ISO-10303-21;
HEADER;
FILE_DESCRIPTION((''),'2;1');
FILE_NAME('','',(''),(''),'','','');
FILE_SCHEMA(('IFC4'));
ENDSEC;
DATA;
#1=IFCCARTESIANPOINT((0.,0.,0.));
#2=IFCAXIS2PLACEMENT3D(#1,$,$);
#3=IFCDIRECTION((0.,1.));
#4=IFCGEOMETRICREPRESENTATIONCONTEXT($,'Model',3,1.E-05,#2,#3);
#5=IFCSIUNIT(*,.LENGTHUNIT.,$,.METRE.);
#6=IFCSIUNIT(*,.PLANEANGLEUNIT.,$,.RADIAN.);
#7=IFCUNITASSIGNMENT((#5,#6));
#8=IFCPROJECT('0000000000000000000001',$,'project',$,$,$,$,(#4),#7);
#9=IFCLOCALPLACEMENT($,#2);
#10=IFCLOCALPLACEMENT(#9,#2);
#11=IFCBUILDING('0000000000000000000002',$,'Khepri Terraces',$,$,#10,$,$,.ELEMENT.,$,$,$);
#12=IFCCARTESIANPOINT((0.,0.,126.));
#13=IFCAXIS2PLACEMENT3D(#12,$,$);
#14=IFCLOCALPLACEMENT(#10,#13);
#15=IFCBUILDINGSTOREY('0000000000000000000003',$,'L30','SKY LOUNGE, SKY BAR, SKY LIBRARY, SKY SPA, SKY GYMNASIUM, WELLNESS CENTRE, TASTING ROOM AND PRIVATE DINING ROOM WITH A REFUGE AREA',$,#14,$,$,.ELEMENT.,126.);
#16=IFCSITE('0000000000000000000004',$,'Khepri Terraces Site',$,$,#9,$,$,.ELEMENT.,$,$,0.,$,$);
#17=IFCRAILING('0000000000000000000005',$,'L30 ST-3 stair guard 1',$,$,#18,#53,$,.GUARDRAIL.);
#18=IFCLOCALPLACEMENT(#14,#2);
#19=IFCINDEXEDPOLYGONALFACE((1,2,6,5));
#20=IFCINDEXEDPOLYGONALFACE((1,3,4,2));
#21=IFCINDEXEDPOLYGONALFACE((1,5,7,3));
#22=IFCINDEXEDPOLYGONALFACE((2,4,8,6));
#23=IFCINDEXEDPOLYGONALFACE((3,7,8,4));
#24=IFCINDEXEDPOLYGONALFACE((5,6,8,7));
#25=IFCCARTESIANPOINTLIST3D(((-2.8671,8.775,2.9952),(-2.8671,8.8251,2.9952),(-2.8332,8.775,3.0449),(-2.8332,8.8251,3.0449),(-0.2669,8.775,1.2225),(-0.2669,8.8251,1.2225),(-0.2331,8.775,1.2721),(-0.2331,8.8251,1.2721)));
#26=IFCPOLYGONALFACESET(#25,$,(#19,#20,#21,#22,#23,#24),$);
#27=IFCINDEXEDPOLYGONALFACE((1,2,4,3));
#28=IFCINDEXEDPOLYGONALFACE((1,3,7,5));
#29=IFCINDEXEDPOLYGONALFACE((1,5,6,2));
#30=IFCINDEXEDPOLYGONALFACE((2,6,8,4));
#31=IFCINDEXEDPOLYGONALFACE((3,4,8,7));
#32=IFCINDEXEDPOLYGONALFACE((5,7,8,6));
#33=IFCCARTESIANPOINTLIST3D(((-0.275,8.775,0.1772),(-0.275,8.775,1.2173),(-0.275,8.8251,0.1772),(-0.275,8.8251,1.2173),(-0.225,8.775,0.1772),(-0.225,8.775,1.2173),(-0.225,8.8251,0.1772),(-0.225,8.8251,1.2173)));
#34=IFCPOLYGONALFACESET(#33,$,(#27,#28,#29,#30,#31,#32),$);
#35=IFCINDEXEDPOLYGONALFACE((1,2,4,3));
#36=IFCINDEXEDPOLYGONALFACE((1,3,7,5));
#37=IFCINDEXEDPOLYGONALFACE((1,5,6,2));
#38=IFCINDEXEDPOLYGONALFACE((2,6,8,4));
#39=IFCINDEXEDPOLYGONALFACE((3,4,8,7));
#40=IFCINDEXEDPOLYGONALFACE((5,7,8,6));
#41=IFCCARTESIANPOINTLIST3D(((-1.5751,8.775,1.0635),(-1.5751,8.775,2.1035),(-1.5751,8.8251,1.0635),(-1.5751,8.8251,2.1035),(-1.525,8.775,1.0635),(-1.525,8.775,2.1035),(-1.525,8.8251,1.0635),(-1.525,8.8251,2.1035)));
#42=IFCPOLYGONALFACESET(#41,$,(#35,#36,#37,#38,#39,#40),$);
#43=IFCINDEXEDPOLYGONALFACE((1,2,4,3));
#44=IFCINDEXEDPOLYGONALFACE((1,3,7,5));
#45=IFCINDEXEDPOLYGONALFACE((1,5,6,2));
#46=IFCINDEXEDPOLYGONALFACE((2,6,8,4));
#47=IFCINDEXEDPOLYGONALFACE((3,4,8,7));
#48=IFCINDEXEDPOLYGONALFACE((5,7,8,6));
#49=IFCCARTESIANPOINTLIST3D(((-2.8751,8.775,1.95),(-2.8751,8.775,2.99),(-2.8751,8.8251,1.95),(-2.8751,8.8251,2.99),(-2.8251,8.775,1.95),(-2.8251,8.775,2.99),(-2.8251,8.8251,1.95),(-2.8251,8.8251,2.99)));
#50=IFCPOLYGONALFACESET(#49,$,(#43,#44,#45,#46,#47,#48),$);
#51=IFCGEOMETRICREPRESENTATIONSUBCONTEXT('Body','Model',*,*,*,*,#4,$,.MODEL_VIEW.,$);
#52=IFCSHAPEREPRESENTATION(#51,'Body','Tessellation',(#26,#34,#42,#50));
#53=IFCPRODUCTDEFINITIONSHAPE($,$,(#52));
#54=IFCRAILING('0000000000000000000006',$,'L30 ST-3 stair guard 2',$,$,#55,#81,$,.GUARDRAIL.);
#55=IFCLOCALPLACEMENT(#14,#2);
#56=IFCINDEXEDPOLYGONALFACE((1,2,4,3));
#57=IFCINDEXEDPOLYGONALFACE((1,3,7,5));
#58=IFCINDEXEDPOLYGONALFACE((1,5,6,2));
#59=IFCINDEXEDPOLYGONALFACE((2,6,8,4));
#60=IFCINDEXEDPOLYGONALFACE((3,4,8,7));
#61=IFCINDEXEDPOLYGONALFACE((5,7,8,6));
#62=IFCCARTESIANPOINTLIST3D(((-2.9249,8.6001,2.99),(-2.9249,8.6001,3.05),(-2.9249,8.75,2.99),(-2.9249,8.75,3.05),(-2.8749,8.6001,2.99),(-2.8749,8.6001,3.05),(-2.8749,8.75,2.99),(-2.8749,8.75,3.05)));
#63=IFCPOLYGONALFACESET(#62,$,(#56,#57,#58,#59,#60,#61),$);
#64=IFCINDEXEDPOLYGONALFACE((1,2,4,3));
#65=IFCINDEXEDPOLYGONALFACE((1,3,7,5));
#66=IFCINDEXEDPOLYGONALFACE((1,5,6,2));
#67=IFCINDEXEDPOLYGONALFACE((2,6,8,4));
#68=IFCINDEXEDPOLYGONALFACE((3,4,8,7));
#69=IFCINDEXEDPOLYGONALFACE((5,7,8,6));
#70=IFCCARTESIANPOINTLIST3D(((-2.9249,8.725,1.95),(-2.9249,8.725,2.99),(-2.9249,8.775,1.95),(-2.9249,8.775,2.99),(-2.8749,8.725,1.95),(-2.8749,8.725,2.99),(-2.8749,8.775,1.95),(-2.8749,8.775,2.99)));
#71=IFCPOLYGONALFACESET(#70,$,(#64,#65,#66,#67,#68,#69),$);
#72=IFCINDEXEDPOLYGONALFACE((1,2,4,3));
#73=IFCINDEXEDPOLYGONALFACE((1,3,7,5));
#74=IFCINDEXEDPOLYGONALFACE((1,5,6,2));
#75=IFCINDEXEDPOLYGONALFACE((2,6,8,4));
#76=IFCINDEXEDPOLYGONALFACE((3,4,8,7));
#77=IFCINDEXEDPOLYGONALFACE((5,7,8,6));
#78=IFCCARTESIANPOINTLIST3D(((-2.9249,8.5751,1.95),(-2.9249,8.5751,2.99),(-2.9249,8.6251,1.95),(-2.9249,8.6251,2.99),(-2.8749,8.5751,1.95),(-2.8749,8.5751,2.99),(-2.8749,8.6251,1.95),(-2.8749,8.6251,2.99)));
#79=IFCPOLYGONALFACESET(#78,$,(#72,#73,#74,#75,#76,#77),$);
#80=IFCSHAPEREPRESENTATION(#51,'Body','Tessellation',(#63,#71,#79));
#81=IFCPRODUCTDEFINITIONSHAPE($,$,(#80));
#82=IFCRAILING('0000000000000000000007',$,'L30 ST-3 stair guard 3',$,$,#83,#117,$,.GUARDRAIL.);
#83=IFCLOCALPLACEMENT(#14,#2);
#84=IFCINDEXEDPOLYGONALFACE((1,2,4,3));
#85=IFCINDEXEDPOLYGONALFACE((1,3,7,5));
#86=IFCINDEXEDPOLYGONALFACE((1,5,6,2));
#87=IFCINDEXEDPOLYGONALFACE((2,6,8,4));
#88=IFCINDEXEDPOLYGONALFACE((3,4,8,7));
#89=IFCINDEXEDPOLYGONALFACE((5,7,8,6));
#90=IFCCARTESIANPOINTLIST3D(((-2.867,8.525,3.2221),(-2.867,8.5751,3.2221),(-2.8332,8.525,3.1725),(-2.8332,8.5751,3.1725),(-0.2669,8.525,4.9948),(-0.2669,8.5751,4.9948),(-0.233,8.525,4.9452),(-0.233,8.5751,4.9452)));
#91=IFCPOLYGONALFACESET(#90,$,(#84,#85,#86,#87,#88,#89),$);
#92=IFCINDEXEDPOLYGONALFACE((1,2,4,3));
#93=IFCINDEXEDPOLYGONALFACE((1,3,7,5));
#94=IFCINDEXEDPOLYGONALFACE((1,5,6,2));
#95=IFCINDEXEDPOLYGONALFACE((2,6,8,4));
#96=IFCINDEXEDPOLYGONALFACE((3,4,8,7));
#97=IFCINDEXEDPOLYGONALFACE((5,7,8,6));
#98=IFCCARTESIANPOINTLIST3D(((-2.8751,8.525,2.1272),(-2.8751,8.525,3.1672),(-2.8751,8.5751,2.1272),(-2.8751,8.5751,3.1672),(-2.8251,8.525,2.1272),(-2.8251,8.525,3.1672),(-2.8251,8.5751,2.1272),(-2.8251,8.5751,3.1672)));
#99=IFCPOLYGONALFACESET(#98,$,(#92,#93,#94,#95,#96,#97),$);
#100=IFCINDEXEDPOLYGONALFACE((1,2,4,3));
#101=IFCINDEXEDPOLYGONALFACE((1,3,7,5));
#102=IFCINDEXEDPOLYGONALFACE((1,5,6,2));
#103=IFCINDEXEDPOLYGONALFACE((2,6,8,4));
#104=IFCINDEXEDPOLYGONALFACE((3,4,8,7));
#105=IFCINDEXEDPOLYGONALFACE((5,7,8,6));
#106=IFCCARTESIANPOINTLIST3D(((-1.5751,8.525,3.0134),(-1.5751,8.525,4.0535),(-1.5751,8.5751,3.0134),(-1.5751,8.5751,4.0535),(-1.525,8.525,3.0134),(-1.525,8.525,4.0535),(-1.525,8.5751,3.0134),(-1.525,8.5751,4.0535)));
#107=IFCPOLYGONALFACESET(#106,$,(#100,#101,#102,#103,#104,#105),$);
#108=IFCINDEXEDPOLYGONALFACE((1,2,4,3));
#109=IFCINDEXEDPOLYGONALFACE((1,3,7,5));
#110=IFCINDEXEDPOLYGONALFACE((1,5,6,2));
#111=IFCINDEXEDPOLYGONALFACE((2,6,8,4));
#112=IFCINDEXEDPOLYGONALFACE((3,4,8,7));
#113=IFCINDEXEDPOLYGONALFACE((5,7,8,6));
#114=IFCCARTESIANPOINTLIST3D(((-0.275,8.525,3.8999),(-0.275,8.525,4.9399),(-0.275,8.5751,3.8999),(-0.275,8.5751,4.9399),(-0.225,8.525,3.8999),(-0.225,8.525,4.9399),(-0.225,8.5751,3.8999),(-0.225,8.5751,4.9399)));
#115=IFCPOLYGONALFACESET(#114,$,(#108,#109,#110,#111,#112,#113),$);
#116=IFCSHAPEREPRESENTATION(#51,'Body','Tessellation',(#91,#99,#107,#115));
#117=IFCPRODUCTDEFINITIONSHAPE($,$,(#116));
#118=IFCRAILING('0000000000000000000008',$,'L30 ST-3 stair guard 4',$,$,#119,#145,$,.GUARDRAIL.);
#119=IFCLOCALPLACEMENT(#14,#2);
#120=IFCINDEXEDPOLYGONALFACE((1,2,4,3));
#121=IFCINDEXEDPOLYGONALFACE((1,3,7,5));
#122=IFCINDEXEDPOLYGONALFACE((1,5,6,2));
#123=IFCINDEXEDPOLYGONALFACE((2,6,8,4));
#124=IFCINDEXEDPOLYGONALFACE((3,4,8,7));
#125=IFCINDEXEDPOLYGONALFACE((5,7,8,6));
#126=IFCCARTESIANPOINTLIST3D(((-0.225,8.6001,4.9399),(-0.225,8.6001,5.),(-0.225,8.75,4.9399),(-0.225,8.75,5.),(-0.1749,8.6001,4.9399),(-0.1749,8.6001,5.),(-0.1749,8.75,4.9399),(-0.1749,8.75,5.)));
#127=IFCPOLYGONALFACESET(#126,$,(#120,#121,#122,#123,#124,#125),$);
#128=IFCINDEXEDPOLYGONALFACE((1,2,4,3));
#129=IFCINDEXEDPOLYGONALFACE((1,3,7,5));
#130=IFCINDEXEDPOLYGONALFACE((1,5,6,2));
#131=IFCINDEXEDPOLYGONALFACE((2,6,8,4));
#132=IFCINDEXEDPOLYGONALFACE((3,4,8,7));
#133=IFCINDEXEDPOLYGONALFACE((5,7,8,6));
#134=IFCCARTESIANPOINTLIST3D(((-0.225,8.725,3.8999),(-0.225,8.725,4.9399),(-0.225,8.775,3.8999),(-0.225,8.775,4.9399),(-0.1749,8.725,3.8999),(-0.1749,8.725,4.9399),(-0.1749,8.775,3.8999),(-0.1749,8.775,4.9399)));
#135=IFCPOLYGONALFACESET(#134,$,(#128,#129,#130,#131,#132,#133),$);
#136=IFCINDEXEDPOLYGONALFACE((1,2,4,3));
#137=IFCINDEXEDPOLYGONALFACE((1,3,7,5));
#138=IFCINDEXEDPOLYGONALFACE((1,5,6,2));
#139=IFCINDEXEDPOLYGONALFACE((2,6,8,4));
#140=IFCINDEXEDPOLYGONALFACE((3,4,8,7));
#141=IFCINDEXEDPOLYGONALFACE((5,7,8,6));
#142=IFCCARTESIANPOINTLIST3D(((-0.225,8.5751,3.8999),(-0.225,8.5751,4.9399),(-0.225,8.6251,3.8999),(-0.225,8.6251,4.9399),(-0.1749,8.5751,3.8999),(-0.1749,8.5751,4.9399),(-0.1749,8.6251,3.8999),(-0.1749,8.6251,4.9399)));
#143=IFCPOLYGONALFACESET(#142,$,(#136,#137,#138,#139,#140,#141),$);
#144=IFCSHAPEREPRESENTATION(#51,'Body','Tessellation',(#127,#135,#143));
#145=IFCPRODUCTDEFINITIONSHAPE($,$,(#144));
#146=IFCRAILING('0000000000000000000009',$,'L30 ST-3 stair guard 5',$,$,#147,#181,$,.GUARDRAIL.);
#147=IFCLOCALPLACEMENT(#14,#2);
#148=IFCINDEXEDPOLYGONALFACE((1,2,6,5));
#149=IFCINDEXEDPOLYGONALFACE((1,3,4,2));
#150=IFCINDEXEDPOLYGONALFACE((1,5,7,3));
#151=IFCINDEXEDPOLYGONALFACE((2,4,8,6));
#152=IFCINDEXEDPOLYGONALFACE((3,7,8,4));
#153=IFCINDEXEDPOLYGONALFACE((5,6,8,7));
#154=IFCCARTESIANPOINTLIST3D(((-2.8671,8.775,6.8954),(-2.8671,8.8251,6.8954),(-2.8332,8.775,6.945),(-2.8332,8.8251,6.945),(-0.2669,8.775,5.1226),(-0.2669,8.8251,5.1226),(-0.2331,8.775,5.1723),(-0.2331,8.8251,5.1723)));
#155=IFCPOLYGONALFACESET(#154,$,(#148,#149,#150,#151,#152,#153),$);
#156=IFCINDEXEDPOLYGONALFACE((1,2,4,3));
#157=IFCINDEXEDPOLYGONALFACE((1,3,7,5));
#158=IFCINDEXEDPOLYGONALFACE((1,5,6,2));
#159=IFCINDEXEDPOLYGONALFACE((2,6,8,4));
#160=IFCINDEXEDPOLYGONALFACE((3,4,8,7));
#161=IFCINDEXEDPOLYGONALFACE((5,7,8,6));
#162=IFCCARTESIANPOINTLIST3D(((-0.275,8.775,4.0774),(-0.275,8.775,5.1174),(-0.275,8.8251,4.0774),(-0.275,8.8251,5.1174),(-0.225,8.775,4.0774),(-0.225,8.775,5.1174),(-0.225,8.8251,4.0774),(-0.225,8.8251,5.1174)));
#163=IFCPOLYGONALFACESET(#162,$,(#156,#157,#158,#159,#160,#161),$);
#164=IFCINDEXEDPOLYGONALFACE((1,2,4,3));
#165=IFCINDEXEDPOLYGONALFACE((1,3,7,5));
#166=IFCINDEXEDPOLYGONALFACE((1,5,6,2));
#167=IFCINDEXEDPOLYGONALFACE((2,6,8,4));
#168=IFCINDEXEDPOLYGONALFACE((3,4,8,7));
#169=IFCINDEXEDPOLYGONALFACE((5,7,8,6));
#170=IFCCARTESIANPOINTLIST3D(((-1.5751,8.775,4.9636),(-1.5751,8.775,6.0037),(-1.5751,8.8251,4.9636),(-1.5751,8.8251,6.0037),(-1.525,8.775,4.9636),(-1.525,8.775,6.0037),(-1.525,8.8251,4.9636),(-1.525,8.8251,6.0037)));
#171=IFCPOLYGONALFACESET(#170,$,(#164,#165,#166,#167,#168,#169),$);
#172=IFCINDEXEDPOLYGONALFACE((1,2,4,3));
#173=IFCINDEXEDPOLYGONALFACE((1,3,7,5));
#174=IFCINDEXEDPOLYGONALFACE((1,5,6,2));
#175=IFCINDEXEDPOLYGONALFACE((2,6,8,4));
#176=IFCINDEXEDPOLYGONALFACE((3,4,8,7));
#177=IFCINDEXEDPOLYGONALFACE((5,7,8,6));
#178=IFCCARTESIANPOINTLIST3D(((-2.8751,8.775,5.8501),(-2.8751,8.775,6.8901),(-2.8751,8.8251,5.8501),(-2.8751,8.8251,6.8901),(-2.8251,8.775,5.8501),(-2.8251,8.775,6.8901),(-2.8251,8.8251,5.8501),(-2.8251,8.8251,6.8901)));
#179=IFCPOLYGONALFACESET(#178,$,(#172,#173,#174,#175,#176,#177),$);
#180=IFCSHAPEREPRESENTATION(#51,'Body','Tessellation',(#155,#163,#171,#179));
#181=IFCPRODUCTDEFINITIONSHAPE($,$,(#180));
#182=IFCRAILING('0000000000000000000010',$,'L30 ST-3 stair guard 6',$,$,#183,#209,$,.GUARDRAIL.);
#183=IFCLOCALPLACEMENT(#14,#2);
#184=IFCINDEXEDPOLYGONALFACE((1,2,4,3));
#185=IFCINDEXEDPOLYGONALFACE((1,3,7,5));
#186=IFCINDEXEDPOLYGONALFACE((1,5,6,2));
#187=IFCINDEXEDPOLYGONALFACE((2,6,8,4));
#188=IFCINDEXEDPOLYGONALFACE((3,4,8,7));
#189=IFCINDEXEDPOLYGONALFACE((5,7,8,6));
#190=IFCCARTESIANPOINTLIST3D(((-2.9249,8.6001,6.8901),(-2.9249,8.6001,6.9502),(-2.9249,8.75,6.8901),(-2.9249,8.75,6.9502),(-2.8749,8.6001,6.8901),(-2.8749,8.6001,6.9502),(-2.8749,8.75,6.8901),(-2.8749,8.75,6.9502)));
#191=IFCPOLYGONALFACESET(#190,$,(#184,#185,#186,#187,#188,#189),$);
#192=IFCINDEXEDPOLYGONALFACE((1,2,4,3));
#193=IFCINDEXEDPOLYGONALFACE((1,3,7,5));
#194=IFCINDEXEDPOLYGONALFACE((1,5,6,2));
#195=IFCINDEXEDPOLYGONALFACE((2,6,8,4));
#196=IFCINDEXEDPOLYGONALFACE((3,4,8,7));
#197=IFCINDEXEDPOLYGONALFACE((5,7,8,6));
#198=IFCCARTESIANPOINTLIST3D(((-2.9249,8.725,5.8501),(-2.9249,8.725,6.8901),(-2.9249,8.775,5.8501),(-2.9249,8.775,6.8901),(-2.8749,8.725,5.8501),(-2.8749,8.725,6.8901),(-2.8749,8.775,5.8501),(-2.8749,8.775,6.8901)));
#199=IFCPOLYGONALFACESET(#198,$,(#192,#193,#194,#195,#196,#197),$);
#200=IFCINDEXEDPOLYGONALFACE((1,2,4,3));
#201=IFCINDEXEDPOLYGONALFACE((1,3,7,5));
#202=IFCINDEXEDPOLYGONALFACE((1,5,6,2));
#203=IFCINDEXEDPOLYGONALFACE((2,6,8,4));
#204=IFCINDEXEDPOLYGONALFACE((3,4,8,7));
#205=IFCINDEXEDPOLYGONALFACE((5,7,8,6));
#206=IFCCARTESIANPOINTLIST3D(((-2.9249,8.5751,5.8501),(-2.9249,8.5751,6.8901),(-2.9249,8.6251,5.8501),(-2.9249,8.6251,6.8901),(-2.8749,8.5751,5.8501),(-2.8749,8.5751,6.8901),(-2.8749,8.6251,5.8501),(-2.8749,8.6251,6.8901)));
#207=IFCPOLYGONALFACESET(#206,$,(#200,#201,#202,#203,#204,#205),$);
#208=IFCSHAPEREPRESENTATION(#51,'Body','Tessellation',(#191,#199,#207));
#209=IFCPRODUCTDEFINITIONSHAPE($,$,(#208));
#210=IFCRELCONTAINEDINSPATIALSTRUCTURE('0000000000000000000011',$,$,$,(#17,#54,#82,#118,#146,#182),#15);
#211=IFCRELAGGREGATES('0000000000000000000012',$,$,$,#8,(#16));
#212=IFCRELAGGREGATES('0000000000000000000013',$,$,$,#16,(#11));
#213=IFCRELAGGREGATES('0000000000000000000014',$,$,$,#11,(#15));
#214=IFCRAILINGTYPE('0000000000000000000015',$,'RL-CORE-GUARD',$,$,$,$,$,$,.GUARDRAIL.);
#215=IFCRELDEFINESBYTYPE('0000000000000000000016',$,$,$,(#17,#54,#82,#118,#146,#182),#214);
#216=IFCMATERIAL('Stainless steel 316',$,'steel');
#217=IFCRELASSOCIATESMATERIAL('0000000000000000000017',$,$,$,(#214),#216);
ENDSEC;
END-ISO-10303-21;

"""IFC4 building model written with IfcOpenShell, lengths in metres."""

from ifc_helpers import new_model, si_unit, direction, frame, origin, origin_2d, place, context, subcontext, project, spatial, rectangle, extrude, material, type_object, element, save


model = new_model("IFC4")

# Units and contexts
model_context = context("Model", 3, precision=1e-05, world=origin(), true_north=direction((0.0, 1.0)))
body_context = subcontext(model_context, "Body", "Model", "MODEL_VIEW")
ifc_project = project(units=[si_unit("LENGTHUNIT", "METRE"), si_unit("PLANEANGLEUNIT", "RADIAN")], contexts=[model_context])

# Site, building, storey
site_placement = place(None, origin())
site = spatial("IfcSite", under=ifc_project, at=site_placement, Name="Khepri Terraces Site", CompositionType="ELEMENT", RefElevation=0.0)
building_placement = place(site_placement, origin())
building = spatial("IfcBuilding", under=site, at=building_placement, Name="Khepri Terraces", CompositionType="ELEMENT")
storey_placement = place(building_placement, frame((0.0, 0.0, 126.0)))
storey = spatial("IfcBuildingStorey", under=building, at=storey_placement, Name="L30", Description="SKY LOUNGE, SKY BAR, SKY LIBRARY, SKY SPA, SKY GYMNASIUM, WELLNESS CENTRE, TASTING ROOM AND PRIVATE DINING ROOM WITH A REFUGE AREA", CompositionType="ELEMENT", Elevation=126.0)

# Railings
ifc_material_1 = material(Name="Stainless steel 316", Category="steel")
railing_type_1 = type_object("IfcRailingType", Name="RL-CORE-GUARD", PredefinedType="GUARDRAIL", material=ifc_material_1)
railing_1_placement = place(storey_placement, frame((-0.25, 8.8, 0.1772)))
element("IfcRailing", 1, at=railing_1_placement, inside=storey, type_object=railing_type_1, Name="L30 ST-3 stair guard 1", PredefinedType="GUARDRAIL", context=body_context, shape_type="SweptSolid", body=[
    extrude(rectangle(XDim=0.05, YDim=0.0601, at=origin_2d()), frame((0.0, 0.0, 1.0701), z_axis=(-0.82624, 0.0, 0.563318), x_axis=(0.0, -1.0, 0.0)), (0.0, 0.0, 1.0), 3.147),
    extrude(rectangle(XDim=0.05, YDim=0.05, at=origin_2d()), origin(), (0.0, 0.0, 1.0), 1.04),
    extrude(rectangle(XDim=0.05, YDim=0.05, at=origin_2d()), frame((-1.3, 0.0, 0.8862)), (0.0, 0.0, 1.0), 1.04),
    extrude(rectangle(XDim=0.05, YDim=0.05, at=origin_2d()), frame((-2.6001, 0.0, 1.7727)), (0.0, 0.0, 1.0), 1.04),
])
railing_2_placement = place(storey_placement, frame((-2.8999, 8.75, 1.95)))
element("IfcRailing", 2, at=railing_2_placement, inside=storey, type_object=railing_type_1, Name="L30 ST-3 stair guard 2", PredefinedType="GUARDRAIL", context=body_context, shape_type="SweptSolid", body=[
    extrude(rectangle(XDim=0.05, YDim=0.0601, at=origin_2d()), frame((0.0, 0.0, 1.0701), z_axis=(0.0, -1.0, 0.0), x_axis=(1.0, 0.0, 0.0)), (0.0, 0.0, 1.0), 0.1499),
    extrude(rectangle(XDim=0.05, YDim=0.05, at=origin_2d()), origin(), (0.0, 0.0, 1.0), 1.04),
    extrude(rectangle(XDim=0.05, YDim=0.05, at=origin_2d()), frame((0.0, -0.1499, 0.0)), (0.0, 0.0, 1.0), 1.04),
])
railing_3_placement = place(storey_placement, frame((-2.8501, 8.55, 2.1272)))
element("IfcRailing", 3, at=railing_3_placement, inside=storey, type_object=railing_type_1, Name="L30 ST-3 stair guard 3", PredefinedType="GUARDRAIL", context=body_context, shape_type="SweptSolid", body=[
    extrude(rectangle(XDim=0.05, YDim=0.0601, at=origin_2d()), frame((0.0, 0.0, 1.0701), z_axis=(0.82624, 0.0, 0.563318), x_axis=(0.0, 1.0, 0.0)), (0.0, 0.0, 1.0), 3.147),
    extrude(rectangle(XDim=0.05, YDim=0.05, at=origin_2d()), origin(), (0.0, 0.0, 1.0), 1.04),
    extrude(rectangle(XDim=0.05, YDim=0.05, at=origin_2d()), frame((1.3, 0.0, 0.8862)), (0.0, 0.0, 1.0), 1.04),
    extrude(rectangle(XDim=0.05, YDim=0.05, at=origin_2d()), frame((2.6001, 0.0, 1.7727)), (0.0, 0.0, 1.0), 1.04),
])
railing_4_placement = place(storey_placement, frame((-0.2, 8.75, 3.8999)))
element("IfcRailing", 4, at=railing_4_placement, inside=storey, type_object=railing_type_1, Name="L30 ST-3 stair guard 4", PredefinedType="GUARDRAIL", context=body_context, shape_type="SweptSolid", body=[
    extrude(rectangle(XDim=0.05, YDim=0.0601, at=origin_2d()), frame((0.0, 0.0, 1.0701), z_axis=(0.0, -1.0, 0.0), x_axis=(1.0, 0.0, 0.0)), (0.0, 0.0, 1.0), 0.1499),
    extrude(rectangle(XDim=0.05, YDim=0.05, at=origin_2d()), origin(), (0.0, 0.0, 1.0), 1.04),
    extrude(rectangle(XDim=0.05, YDim=0.05, at=origin_2d()), frame((0.0, -0.1499, 0.0)), (0.0, 0.0, 1.0), 1.04),
])
railing_5_placement = place(storey_placement, frame((-0.25, 8.8, 4.0774)))
element("IfcRailing", 5, at=railing_5_placement, inside=storey, type_object=railing_type_1, Name="L30 ST-3 stair guard 5", PredefinedType="GUARDRAIL", context=body_context, shape_type="SweptSolid", body=[
    extrude(rectangle(XDim=0.05, YDim=0.0601, at=origin_2d()), frame((0.0, 0.0, 1.0701), z_axis=(-0.82624, 0.0, 0.563318), x_axis=(0.0, -1.0, 0.0)), (0.0, 0.0, 1.0), 3.147),
    extrude(rectangle(XDim=0.05, YDim=0.05, at=origin_2d()), origin(), (0.0, 0.0, 1.0), 1.04),
    extrude(rectangle(XDim=0.05, YDim=0.05, at=origin_2d()), frame((-1.3, 0.0, 0.8862)), (0.0, 0.0, 1.0), 1.04),
    extrude(rectangle(XDim=0.05, YDim=0.05, at=origin_2d()), frame((-2.6001, 0.0, 1.7727)), (0.0, 0.0, 1.0), 1.04),
])
railing_6_placement = place(storey_placement, frame((-2.8999, 8.75, 5.8501)))
element("IfcRailing", 6, at=railing_6_placement, inside=storey, type_object=railing_type_1, Name="L30 ST-3 stair guard 6", PredefinedType="GUARDRAIL", context=body_context, shape_type="SweptSolid", body=[
    extrude(rectangle(XDim=0.05, YDim=0.0601, at=origin_2d()), frame((0.0, 0.0, 1.0701), z_axis=(0.0, -1.0, 0.0), x_axis=(1.0, 0.0, 0.0)), (0.0, 0.0, 1.0), 0.1499),
    extrude(rectangle(XDim=0.05, YDim=0.05, at=origin_2d()), origin(), (0.0, 0.0, 1.0), 1.04),
    extrude(rectangle(XDim=0.05, YDim=0.05, at=origin_2d()), frame((0.0, -0.1499, 0.0)), (0.0, 0.0, 1.0), 1.04),
])

save(model, "model.ifc")
